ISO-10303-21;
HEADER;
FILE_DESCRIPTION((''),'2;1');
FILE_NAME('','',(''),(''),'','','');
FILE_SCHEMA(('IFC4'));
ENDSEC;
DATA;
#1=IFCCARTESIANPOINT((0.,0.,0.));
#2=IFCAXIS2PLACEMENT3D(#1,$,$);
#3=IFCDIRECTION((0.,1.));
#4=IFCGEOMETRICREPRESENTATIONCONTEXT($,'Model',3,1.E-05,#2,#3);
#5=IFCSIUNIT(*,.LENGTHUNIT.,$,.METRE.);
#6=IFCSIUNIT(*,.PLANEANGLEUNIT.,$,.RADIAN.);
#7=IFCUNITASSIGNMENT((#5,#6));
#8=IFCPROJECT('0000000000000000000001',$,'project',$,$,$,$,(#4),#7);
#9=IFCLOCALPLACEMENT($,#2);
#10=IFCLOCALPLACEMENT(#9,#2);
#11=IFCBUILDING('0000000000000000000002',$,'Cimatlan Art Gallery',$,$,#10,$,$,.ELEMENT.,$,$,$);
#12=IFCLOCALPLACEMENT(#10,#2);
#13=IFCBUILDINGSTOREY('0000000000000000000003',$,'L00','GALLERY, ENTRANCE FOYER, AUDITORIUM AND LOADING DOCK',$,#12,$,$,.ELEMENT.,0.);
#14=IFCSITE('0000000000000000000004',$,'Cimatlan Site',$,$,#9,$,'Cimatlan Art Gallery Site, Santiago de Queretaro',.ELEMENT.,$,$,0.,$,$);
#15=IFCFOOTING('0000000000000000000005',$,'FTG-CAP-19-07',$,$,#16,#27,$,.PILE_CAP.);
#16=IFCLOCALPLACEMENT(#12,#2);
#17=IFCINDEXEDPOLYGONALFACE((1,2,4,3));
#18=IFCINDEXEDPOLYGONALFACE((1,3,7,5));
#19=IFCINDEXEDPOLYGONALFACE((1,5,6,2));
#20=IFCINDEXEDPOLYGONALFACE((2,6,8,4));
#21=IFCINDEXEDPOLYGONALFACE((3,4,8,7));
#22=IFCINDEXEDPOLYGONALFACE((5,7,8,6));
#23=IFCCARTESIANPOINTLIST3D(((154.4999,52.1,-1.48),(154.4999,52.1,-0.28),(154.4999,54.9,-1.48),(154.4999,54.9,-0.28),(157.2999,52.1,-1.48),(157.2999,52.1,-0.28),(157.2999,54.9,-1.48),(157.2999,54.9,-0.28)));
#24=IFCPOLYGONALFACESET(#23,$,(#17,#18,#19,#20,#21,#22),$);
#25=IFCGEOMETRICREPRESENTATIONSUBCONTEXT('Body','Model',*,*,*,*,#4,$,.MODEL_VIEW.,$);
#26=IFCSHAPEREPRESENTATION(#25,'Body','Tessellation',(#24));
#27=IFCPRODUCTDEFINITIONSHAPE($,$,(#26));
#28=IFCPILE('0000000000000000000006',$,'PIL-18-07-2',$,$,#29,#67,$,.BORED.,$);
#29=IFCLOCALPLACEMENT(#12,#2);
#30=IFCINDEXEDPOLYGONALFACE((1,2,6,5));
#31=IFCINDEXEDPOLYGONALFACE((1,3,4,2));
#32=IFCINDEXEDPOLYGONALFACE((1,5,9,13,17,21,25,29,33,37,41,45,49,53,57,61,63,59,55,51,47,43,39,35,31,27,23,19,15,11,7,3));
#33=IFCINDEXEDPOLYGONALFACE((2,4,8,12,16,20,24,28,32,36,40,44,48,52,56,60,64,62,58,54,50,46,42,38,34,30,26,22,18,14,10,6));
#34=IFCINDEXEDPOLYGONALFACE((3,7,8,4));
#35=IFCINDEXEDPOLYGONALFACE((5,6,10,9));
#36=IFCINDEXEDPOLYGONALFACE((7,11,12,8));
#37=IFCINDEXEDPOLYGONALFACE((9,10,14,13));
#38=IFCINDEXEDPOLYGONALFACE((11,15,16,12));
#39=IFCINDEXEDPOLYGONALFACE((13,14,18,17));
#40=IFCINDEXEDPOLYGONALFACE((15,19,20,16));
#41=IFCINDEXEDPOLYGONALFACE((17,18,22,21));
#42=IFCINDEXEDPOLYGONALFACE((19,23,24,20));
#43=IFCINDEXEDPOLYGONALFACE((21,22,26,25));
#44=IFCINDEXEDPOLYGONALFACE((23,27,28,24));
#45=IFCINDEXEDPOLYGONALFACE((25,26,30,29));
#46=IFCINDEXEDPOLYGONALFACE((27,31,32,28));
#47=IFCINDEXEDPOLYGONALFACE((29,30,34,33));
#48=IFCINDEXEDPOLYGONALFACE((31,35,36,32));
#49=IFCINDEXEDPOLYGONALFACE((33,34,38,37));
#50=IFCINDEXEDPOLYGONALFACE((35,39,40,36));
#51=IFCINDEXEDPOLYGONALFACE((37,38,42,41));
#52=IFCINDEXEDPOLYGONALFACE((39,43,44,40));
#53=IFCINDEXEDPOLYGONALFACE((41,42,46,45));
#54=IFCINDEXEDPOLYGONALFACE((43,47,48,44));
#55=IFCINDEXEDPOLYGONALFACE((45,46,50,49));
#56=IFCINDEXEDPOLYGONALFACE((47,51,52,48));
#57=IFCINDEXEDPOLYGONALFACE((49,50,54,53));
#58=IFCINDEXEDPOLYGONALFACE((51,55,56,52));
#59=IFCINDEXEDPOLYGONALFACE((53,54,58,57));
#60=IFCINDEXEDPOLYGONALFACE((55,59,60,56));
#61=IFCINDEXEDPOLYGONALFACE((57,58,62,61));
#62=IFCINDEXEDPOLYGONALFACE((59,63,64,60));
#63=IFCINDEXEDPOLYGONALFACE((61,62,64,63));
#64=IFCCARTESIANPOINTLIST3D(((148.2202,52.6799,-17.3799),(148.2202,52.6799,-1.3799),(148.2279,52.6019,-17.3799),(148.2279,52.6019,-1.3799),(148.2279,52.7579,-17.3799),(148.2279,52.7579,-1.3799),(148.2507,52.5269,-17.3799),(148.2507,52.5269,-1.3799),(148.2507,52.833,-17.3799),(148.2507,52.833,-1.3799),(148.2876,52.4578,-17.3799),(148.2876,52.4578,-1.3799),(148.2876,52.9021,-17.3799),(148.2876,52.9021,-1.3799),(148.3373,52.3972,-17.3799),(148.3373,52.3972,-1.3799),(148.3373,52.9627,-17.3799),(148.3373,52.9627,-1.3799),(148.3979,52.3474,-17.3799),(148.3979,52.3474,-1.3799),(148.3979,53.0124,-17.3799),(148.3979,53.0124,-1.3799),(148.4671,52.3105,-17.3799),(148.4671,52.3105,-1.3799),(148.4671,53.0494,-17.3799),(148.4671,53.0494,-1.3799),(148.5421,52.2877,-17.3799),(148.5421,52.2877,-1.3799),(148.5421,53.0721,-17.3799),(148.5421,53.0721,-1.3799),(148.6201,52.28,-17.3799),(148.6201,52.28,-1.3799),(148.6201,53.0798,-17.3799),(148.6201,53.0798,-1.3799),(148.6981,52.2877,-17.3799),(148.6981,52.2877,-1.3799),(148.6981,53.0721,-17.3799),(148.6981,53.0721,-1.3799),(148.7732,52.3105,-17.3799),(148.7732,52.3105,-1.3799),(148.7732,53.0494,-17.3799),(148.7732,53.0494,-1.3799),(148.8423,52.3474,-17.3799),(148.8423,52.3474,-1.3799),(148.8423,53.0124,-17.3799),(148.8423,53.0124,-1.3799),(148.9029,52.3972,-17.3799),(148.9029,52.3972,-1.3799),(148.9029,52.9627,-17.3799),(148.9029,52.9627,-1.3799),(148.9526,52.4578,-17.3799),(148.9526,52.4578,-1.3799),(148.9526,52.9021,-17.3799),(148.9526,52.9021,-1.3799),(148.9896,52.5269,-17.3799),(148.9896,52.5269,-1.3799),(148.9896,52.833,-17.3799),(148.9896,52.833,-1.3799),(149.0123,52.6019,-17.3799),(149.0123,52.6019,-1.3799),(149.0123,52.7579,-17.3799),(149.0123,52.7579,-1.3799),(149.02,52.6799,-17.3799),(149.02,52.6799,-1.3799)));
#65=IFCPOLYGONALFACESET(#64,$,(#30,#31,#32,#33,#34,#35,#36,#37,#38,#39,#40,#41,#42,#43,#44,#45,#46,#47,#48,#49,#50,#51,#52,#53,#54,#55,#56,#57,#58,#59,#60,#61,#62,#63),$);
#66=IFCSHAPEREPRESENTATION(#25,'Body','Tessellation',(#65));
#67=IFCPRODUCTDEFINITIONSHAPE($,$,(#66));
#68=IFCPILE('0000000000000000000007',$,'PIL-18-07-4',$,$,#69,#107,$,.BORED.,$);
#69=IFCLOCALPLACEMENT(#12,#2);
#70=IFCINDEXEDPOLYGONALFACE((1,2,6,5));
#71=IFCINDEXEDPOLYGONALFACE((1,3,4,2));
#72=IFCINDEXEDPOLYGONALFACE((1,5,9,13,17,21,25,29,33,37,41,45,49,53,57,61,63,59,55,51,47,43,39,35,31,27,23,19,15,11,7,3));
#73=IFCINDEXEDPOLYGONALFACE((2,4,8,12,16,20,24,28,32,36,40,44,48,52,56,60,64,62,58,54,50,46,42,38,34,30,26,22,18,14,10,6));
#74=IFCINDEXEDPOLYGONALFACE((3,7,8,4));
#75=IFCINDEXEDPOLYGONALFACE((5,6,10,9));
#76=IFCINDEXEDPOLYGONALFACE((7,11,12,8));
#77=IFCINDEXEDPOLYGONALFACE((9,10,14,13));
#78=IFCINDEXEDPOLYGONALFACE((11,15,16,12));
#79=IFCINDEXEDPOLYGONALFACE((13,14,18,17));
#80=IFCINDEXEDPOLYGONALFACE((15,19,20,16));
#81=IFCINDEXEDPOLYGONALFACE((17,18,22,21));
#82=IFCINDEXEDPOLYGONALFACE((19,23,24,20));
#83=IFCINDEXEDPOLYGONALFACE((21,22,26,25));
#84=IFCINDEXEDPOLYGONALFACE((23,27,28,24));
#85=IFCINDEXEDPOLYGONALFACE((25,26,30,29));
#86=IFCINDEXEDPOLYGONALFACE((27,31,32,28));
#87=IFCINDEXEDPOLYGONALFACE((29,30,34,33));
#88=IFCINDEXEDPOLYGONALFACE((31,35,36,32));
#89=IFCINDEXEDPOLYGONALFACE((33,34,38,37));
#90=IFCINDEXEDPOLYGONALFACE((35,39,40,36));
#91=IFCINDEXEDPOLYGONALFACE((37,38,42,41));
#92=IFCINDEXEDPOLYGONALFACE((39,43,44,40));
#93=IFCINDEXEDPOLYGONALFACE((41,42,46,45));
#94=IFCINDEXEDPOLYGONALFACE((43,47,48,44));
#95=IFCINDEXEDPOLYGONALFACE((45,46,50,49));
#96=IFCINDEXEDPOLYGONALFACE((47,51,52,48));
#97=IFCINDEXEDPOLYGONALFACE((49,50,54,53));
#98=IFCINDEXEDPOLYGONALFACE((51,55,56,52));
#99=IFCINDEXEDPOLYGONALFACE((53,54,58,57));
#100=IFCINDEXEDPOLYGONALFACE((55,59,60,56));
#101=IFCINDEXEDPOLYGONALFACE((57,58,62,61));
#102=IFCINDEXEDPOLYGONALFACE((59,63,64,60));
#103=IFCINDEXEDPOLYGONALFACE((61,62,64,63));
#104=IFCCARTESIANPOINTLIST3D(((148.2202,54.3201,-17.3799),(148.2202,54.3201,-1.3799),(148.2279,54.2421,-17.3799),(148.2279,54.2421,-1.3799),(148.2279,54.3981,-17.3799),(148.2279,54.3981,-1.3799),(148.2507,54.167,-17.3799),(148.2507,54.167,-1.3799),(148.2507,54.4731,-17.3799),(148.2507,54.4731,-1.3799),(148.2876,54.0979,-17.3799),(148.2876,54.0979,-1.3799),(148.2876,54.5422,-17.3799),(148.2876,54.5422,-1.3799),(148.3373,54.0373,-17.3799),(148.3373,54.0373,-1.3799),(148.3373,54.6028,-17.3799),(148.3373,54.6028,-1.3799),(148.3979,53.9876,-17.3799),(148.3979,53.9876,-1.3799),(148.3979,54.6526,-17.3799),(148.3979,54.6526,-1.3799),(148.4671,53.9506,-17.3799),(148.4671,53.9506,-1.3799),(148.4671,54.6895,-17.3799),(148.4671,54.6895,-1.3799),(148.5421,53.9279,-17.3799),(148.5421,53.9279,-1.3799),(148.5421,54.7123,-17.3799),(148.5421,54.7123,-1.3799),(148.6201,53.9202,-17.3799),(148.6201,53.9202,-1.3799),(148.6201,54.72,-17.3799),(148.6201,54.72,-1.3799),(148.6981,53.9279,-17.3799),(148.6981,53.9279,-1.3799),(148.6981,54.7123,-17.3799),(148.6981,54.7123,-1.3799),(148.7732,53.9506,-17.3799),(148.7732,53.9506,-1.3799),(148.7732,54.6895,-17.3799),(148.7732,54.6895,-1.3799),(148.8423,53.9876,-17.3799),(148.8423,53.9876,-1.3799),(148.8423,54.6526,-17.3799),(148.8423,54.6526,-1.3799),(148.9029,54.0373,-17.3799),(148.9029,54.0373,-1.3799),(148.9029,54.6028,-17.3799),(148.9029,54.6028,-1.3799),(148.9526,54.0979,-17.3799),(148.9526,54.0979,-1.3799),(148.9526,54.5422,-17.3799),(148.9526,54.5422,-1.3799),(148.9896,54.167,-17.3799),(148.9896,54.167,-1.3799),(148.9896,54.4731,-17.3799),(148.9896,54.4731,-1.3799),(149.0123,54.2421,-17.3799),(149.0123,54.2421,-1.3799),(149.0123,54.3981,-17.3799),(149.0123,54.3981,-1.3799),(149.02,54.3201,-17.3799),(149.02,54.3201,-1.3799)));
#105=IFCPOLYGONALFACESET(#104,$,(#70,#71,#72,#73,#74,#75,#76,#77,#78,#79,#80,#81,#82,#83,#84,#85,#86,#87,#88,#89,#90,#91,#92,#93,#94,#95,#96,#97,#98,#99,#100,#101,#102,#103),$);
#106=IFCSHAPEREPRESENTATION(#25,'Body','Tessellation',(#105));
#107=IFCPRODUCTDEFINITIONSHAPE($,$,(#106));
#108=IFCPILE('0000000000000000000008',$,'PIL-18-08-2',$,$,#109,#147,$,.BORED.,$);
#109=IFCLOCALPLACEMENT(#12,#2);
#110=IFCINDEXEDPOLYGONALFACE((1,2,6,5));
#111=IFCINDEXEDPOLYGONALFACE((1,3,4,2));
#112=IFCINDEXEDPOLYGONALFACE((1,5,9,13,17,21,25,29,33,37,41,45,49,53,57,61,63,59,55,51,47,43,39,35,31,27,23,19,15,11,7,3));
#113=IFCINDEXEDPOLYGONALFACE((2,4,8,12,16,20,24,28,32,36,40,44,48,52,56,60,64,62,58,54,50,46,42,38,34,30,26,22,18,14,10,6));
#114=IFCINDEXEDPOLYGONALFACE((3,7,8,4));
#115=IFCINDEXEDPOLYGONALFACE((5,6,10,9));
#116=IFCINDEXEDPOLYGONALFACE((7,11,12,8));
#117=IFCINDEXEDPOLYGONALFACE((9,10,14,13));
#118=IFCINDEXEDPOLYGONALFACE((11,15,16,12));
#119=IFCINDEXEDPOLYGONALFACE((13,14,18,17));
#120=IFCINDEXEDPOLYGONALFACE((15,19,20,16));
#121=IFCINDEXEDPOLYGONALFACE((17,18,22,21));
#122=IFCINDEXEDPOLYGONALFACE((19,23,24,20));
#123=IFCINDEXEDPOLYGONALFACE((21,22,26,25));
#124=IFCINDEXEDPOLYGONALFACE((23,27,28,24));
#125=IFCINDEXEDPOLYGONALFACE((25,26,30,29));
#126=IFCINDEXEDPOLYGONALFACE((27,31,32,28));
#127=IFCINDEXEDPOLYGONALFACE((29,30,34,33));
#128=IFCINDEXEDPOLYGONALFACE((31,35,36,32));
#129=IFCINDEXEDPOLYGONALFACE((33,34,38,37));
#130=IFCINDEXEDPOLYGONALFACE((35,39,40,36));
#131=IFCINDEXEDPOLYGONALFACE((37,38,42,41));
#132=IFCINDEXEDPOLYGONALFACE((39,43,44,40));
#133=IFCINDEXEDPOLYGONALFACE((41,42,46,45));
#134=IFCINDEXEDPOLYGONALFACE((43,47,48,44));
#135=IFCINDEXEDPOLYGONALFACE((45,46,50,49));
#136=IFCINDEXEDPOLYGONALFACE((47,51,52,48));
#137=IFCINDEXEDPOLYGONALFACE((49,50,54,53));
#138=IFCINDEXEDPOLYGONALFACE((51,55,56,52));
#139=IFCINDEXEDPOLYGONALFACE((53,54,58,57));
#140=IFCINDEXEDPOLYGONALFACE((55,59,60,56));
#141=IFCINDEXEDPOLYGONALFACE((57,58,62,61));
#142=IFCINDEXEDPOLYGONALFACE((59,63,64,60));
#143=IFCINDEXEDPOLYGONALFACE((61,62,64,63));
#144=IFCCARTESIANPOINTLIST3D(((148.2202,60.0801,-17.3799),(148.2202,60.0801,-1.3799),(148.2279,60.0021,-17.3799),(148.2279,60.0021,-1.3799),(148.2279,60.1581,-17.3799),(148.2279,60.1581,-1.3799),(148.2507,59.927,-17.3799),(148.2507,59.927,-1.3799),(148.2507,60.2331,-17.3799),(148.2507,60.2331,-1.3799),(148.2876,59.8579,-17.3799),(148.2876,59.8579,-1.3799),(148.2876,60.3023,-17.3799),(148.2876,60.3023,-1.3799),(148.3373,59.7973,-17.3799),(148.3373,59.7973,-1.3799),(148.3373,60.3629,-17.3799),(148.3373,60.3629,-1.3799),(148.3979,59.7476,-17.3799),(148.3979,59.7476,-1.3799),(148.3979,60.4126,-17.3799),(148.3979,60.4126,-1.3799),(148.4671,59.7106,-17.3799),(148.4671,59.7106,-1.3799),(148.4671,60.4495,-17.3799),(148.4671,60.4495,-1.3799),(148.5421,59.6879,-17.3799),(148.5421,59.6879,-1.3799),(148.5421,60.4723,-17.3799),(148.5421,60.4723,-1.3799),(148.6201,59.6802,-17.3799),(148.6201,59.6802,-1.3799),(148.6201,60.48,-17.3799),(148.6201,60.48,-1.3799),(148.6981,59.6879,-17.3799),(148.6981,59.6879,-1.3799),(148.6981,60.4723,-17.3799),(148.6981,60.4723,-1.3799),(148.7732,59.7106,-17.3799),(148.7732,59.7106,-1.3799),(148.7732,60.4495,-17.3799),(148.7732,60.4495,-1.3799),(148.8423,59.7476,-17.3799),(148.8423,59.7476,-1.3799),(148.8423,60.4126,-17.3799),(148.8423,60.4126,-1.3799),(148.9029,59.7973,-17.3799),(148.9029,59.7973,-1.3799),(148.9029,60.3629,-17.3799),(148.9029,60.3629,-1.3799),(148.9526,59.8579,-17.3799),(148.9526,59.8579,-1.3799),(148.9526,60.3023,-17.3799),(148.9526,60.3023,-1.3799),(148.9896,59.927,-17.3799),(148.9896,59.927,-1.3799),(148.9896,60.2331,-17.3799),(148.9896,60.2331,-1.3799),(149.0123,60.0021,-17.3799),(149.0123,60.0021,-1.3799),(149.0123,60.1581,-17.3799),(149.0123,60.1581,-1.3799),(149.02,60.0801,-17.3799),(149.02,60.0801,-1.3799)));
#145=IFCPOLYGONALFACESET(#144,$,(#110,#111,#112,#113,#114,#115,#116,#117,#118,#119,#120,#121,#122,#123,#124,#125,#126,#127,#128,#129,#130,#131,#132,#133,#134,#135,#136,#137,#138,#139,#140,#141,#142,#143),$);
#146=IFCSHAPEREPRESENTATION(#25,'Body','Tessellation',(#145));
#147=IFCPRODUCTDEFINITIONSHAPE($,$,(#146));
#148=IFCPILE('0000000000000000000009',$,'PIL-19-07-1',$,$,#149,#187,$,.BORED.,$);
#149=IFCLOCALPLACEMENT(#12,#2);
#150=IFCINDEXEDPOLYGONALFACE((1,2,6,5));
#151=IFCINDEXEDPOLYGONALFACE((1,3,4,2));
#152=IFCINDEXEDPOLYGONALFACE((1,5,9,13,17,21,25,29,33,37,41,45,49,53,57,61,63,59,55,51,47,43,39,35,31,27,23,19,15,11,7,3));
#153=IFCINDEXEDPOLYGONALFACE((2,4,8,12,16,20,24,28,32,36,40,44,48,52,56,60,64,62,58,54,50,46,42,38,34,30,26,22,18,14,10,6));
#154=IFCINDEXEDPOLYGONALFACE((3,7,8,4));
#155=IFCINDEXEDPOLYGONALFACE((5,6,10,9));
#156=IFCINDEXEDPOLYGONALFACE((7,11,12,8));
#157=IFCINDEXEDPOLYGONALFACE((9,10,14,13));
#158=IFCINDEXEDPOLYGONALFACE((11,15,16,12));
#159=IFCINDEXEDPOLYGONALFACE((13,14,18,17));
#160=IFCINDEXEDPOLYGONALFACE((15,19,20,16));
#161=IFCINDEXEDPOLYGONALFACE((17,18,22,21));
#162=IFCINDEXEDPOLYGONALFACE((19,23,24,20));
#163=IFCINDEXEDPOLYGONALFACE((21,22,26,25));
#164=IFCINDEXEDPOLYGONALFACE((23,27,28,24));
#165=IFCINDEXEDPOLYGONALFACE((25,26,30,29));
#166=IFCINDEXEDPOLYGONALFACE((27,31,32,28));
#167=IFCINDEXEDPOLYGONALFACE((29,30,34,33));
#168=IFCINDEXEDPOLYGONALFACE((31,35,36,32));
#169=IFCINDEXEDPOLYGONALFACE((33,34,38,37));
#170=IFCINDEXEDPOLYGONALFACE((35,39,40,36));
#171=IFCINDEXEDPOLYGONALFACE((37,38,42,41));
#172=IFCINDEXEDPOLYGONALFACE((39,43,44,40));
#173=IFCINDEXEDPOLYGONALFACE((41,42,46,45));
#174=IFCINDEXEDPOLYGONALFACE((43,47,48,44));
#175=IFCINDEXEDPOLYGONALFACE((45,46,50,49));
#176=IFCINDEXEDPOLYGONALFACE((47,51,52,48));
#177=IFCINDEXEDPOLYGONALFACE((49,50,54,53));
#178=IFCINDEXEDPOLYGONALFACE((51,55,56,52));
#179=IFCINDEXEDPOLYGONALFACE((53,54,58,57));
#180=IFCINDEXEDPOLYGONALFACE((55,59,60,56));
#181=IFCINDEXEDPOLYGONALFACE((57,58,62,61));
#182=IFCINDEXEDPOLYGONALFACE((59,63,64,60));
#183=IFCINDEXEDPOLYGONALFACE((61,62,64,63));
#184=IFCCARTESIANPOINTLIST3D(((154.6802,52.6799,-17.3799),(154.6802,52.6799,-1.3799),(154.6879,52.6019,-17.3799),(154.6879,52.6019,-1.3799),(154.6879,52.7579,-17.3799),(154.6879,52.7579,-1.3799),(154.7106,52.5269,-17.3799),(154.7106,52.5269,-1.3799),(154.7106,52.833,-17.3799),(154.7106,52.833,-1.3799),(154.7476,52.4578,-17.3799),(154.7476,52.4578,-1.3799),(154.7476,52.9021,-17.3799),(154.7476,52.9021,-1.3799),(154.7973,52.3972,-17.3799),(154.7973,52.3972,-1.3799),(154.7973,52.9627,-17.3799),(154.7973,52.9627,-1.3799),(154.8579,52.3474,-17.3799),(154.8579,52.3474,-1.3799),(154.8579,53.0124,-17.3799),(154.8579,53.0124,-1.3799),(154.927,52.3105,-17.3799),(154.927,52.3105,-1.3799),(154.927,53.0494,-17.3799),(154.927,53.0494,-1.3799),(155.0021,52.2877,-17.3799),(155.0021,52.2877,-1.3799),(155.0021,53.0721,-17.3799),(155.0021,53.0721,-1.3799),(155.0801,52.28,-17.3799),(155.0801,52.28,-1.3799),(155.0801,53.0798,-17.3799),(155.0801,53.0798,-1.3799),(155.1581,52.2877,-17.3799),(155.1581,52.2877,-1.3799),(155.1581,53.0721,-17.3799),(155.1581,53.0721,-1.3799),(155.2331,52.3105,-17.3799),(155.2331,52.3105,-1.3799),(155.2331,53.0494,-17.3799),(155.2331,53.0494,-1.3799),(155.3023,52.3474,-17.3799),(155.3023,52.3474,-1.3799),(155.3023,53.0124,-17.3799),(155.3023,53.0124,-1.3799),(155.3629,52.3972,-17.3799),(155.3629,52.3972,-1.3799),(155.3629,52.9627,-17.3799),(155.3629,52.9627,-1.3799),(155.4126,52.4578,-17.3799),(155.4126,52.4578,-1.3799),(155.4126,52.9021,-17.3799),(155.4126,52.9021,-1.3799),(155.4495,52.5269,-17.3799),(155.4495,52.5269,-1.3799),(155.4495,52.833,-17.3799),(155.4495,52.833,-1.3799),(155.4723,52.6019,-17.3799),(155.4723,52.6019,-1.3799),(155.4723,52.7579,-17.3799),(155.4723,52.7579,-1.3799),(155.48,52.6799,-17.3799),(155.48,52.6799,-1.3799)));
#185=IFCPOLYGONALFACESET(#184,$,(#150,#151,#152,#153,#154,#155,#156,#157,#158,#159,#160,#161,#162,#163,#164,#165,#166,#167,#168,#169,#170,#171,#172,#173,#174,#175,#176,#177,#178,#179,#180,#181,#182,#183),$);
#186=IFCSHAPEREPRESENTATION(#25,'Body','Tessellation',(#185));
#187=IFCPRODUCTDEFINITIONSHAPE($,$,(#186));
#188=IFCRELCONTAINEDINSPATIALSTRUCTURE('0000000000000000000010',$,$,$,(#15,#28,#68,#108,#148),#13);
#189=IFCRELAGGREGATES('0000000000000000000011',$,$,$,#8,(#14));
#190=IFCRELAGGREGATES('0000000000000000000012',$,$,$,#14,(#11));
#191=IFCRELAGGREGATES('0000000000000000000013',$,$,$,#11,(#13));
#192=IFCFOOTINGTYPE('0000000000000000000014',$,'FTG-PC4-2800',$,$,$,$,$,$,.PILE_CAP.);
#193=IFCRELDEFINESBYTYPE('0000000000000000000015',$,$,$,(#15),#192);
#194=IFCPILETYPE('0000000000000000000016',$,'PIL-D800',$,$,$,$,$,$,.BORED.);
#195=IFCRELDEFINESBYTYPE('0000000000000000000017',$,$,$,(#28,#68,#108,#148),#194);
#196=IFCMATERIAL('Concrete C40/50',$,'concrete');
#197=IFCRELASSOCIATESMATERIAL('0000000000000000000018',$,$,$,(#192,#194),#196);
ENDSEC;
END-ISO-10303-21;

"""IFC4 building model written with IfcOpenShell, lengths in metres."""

from ifc_helpers import new_model, si_unit, direction, frame, origin, origin_2d, place, context, subcontext, project, spatial, rectangle, circle, extrude, material, type_object, element, save


model = new_model("IFC4")

# Units and contexts
model_context = context("Model", 3, precision=1e-05, world=origin(), true_north=direction((0.0, 1.0)))
body_context = subcontext(model_context, "Body", "Model", "MODEL_VIEW")
ifc_project = project(units=[si_unit("LENGTHUNIT", "METRE"), si_unit("PLANEANGLEUNIT", "RADIAN")], contexts=[model_context])

# Site, building, storey
site_placement = place(None, origin())
site = spatial("IfcSite", under=ifc_project, at=site_placement, Name="Cimatlan Site", LongName="Cimatlan Art Gallery Site, Santiago de Queretaro", CompositionType="ELEMENT", RefElevation=0.0)
building_placement = place(site_placement, origin())
building = spatial("IfcBuilding", under=site, at=building_placement, Name="Cimatlan Art Gallery", CompositionType="ELEMENT")
storey_placement = place(building_placement, origin())
storey = spatial("IfcBuildingStorey", under=building, at=storey_placement, Name="L00", Description="GALLERY, ENTRANCE FOYER, AUDITORIUM AND LOADING DOCK", CompositionType="ELEMENT", Elevation=0.0)

# Footing
ifc_material_1 = material(Name="Concrete C40/50", Category="concrete")
footing_type = type_object("IfcFootingType", Name="FTG-PC4-2800", PredefinedType="PILE_CAP", material=ifc_material_1)
footing_placement = place(storey_placement, frame((155.8999, 53.5, -1.48), z_axis=(0.0, 0.0, 1.0), x_axis=(1.0, 0.0, 0.0)))
element("IfcFooting", 1, at=footing_placement, inside=storey, type_object=footing_type, Name="FTG-CAP-19-07", PredefinedType="PILE_CAP", context=body_context, shape_type="SweptSolid", body=[
    extrude(rectangle(XDim=2.8, YDim=2.8, at=origin_2d()), origin(), (0.0, 0.0, 1.0), 1.2),
])

# Piles
pile_type = type_object("IfcPileType", Name="PIL-D800", PredefinedType="BORED", material=ifc_material_1)
for number, where, z_axis, x_axis, name in (
    (2, (148.6201, 52.6799, -1.3799), (0.0, 0.0, -1.0), (1.0, 0.0, 0.0), "PIL-18-07-2"),
    (3, (148.6201, 54.3201, -1.3799), (0.0, 0.0, -1.0), (1.0, 0.0, 0.0), "PIL-18-07-4"),
    (4, (148.6201, 60.0801, -1.3799), (0.0, 0.0, -1.0), (1.0, 0.0, 0.0), "PIL-18-08-2"),
    (5, (155.0801, 52.6799, -1.3799), (0.0, 0.0, -1.0), (1.0, 0.0, 0.0), "PIL-19-07-1"),
):
    element("IfcPile", number, at=place(storey_placement, frame(where, z_axis=z_axis, x_axis=x_axis)), inside=storey, type_object=pile_type, Name=name, PredefinedType="BORED", context=body_context, shape_type="SweptSolid", body=[
        extrude(circle(Radius=0.3999, at=origin_2d()), origin(), (0.0, 0.0, 1.0), 16.0),
    ])

save(model, "model.ifc")
